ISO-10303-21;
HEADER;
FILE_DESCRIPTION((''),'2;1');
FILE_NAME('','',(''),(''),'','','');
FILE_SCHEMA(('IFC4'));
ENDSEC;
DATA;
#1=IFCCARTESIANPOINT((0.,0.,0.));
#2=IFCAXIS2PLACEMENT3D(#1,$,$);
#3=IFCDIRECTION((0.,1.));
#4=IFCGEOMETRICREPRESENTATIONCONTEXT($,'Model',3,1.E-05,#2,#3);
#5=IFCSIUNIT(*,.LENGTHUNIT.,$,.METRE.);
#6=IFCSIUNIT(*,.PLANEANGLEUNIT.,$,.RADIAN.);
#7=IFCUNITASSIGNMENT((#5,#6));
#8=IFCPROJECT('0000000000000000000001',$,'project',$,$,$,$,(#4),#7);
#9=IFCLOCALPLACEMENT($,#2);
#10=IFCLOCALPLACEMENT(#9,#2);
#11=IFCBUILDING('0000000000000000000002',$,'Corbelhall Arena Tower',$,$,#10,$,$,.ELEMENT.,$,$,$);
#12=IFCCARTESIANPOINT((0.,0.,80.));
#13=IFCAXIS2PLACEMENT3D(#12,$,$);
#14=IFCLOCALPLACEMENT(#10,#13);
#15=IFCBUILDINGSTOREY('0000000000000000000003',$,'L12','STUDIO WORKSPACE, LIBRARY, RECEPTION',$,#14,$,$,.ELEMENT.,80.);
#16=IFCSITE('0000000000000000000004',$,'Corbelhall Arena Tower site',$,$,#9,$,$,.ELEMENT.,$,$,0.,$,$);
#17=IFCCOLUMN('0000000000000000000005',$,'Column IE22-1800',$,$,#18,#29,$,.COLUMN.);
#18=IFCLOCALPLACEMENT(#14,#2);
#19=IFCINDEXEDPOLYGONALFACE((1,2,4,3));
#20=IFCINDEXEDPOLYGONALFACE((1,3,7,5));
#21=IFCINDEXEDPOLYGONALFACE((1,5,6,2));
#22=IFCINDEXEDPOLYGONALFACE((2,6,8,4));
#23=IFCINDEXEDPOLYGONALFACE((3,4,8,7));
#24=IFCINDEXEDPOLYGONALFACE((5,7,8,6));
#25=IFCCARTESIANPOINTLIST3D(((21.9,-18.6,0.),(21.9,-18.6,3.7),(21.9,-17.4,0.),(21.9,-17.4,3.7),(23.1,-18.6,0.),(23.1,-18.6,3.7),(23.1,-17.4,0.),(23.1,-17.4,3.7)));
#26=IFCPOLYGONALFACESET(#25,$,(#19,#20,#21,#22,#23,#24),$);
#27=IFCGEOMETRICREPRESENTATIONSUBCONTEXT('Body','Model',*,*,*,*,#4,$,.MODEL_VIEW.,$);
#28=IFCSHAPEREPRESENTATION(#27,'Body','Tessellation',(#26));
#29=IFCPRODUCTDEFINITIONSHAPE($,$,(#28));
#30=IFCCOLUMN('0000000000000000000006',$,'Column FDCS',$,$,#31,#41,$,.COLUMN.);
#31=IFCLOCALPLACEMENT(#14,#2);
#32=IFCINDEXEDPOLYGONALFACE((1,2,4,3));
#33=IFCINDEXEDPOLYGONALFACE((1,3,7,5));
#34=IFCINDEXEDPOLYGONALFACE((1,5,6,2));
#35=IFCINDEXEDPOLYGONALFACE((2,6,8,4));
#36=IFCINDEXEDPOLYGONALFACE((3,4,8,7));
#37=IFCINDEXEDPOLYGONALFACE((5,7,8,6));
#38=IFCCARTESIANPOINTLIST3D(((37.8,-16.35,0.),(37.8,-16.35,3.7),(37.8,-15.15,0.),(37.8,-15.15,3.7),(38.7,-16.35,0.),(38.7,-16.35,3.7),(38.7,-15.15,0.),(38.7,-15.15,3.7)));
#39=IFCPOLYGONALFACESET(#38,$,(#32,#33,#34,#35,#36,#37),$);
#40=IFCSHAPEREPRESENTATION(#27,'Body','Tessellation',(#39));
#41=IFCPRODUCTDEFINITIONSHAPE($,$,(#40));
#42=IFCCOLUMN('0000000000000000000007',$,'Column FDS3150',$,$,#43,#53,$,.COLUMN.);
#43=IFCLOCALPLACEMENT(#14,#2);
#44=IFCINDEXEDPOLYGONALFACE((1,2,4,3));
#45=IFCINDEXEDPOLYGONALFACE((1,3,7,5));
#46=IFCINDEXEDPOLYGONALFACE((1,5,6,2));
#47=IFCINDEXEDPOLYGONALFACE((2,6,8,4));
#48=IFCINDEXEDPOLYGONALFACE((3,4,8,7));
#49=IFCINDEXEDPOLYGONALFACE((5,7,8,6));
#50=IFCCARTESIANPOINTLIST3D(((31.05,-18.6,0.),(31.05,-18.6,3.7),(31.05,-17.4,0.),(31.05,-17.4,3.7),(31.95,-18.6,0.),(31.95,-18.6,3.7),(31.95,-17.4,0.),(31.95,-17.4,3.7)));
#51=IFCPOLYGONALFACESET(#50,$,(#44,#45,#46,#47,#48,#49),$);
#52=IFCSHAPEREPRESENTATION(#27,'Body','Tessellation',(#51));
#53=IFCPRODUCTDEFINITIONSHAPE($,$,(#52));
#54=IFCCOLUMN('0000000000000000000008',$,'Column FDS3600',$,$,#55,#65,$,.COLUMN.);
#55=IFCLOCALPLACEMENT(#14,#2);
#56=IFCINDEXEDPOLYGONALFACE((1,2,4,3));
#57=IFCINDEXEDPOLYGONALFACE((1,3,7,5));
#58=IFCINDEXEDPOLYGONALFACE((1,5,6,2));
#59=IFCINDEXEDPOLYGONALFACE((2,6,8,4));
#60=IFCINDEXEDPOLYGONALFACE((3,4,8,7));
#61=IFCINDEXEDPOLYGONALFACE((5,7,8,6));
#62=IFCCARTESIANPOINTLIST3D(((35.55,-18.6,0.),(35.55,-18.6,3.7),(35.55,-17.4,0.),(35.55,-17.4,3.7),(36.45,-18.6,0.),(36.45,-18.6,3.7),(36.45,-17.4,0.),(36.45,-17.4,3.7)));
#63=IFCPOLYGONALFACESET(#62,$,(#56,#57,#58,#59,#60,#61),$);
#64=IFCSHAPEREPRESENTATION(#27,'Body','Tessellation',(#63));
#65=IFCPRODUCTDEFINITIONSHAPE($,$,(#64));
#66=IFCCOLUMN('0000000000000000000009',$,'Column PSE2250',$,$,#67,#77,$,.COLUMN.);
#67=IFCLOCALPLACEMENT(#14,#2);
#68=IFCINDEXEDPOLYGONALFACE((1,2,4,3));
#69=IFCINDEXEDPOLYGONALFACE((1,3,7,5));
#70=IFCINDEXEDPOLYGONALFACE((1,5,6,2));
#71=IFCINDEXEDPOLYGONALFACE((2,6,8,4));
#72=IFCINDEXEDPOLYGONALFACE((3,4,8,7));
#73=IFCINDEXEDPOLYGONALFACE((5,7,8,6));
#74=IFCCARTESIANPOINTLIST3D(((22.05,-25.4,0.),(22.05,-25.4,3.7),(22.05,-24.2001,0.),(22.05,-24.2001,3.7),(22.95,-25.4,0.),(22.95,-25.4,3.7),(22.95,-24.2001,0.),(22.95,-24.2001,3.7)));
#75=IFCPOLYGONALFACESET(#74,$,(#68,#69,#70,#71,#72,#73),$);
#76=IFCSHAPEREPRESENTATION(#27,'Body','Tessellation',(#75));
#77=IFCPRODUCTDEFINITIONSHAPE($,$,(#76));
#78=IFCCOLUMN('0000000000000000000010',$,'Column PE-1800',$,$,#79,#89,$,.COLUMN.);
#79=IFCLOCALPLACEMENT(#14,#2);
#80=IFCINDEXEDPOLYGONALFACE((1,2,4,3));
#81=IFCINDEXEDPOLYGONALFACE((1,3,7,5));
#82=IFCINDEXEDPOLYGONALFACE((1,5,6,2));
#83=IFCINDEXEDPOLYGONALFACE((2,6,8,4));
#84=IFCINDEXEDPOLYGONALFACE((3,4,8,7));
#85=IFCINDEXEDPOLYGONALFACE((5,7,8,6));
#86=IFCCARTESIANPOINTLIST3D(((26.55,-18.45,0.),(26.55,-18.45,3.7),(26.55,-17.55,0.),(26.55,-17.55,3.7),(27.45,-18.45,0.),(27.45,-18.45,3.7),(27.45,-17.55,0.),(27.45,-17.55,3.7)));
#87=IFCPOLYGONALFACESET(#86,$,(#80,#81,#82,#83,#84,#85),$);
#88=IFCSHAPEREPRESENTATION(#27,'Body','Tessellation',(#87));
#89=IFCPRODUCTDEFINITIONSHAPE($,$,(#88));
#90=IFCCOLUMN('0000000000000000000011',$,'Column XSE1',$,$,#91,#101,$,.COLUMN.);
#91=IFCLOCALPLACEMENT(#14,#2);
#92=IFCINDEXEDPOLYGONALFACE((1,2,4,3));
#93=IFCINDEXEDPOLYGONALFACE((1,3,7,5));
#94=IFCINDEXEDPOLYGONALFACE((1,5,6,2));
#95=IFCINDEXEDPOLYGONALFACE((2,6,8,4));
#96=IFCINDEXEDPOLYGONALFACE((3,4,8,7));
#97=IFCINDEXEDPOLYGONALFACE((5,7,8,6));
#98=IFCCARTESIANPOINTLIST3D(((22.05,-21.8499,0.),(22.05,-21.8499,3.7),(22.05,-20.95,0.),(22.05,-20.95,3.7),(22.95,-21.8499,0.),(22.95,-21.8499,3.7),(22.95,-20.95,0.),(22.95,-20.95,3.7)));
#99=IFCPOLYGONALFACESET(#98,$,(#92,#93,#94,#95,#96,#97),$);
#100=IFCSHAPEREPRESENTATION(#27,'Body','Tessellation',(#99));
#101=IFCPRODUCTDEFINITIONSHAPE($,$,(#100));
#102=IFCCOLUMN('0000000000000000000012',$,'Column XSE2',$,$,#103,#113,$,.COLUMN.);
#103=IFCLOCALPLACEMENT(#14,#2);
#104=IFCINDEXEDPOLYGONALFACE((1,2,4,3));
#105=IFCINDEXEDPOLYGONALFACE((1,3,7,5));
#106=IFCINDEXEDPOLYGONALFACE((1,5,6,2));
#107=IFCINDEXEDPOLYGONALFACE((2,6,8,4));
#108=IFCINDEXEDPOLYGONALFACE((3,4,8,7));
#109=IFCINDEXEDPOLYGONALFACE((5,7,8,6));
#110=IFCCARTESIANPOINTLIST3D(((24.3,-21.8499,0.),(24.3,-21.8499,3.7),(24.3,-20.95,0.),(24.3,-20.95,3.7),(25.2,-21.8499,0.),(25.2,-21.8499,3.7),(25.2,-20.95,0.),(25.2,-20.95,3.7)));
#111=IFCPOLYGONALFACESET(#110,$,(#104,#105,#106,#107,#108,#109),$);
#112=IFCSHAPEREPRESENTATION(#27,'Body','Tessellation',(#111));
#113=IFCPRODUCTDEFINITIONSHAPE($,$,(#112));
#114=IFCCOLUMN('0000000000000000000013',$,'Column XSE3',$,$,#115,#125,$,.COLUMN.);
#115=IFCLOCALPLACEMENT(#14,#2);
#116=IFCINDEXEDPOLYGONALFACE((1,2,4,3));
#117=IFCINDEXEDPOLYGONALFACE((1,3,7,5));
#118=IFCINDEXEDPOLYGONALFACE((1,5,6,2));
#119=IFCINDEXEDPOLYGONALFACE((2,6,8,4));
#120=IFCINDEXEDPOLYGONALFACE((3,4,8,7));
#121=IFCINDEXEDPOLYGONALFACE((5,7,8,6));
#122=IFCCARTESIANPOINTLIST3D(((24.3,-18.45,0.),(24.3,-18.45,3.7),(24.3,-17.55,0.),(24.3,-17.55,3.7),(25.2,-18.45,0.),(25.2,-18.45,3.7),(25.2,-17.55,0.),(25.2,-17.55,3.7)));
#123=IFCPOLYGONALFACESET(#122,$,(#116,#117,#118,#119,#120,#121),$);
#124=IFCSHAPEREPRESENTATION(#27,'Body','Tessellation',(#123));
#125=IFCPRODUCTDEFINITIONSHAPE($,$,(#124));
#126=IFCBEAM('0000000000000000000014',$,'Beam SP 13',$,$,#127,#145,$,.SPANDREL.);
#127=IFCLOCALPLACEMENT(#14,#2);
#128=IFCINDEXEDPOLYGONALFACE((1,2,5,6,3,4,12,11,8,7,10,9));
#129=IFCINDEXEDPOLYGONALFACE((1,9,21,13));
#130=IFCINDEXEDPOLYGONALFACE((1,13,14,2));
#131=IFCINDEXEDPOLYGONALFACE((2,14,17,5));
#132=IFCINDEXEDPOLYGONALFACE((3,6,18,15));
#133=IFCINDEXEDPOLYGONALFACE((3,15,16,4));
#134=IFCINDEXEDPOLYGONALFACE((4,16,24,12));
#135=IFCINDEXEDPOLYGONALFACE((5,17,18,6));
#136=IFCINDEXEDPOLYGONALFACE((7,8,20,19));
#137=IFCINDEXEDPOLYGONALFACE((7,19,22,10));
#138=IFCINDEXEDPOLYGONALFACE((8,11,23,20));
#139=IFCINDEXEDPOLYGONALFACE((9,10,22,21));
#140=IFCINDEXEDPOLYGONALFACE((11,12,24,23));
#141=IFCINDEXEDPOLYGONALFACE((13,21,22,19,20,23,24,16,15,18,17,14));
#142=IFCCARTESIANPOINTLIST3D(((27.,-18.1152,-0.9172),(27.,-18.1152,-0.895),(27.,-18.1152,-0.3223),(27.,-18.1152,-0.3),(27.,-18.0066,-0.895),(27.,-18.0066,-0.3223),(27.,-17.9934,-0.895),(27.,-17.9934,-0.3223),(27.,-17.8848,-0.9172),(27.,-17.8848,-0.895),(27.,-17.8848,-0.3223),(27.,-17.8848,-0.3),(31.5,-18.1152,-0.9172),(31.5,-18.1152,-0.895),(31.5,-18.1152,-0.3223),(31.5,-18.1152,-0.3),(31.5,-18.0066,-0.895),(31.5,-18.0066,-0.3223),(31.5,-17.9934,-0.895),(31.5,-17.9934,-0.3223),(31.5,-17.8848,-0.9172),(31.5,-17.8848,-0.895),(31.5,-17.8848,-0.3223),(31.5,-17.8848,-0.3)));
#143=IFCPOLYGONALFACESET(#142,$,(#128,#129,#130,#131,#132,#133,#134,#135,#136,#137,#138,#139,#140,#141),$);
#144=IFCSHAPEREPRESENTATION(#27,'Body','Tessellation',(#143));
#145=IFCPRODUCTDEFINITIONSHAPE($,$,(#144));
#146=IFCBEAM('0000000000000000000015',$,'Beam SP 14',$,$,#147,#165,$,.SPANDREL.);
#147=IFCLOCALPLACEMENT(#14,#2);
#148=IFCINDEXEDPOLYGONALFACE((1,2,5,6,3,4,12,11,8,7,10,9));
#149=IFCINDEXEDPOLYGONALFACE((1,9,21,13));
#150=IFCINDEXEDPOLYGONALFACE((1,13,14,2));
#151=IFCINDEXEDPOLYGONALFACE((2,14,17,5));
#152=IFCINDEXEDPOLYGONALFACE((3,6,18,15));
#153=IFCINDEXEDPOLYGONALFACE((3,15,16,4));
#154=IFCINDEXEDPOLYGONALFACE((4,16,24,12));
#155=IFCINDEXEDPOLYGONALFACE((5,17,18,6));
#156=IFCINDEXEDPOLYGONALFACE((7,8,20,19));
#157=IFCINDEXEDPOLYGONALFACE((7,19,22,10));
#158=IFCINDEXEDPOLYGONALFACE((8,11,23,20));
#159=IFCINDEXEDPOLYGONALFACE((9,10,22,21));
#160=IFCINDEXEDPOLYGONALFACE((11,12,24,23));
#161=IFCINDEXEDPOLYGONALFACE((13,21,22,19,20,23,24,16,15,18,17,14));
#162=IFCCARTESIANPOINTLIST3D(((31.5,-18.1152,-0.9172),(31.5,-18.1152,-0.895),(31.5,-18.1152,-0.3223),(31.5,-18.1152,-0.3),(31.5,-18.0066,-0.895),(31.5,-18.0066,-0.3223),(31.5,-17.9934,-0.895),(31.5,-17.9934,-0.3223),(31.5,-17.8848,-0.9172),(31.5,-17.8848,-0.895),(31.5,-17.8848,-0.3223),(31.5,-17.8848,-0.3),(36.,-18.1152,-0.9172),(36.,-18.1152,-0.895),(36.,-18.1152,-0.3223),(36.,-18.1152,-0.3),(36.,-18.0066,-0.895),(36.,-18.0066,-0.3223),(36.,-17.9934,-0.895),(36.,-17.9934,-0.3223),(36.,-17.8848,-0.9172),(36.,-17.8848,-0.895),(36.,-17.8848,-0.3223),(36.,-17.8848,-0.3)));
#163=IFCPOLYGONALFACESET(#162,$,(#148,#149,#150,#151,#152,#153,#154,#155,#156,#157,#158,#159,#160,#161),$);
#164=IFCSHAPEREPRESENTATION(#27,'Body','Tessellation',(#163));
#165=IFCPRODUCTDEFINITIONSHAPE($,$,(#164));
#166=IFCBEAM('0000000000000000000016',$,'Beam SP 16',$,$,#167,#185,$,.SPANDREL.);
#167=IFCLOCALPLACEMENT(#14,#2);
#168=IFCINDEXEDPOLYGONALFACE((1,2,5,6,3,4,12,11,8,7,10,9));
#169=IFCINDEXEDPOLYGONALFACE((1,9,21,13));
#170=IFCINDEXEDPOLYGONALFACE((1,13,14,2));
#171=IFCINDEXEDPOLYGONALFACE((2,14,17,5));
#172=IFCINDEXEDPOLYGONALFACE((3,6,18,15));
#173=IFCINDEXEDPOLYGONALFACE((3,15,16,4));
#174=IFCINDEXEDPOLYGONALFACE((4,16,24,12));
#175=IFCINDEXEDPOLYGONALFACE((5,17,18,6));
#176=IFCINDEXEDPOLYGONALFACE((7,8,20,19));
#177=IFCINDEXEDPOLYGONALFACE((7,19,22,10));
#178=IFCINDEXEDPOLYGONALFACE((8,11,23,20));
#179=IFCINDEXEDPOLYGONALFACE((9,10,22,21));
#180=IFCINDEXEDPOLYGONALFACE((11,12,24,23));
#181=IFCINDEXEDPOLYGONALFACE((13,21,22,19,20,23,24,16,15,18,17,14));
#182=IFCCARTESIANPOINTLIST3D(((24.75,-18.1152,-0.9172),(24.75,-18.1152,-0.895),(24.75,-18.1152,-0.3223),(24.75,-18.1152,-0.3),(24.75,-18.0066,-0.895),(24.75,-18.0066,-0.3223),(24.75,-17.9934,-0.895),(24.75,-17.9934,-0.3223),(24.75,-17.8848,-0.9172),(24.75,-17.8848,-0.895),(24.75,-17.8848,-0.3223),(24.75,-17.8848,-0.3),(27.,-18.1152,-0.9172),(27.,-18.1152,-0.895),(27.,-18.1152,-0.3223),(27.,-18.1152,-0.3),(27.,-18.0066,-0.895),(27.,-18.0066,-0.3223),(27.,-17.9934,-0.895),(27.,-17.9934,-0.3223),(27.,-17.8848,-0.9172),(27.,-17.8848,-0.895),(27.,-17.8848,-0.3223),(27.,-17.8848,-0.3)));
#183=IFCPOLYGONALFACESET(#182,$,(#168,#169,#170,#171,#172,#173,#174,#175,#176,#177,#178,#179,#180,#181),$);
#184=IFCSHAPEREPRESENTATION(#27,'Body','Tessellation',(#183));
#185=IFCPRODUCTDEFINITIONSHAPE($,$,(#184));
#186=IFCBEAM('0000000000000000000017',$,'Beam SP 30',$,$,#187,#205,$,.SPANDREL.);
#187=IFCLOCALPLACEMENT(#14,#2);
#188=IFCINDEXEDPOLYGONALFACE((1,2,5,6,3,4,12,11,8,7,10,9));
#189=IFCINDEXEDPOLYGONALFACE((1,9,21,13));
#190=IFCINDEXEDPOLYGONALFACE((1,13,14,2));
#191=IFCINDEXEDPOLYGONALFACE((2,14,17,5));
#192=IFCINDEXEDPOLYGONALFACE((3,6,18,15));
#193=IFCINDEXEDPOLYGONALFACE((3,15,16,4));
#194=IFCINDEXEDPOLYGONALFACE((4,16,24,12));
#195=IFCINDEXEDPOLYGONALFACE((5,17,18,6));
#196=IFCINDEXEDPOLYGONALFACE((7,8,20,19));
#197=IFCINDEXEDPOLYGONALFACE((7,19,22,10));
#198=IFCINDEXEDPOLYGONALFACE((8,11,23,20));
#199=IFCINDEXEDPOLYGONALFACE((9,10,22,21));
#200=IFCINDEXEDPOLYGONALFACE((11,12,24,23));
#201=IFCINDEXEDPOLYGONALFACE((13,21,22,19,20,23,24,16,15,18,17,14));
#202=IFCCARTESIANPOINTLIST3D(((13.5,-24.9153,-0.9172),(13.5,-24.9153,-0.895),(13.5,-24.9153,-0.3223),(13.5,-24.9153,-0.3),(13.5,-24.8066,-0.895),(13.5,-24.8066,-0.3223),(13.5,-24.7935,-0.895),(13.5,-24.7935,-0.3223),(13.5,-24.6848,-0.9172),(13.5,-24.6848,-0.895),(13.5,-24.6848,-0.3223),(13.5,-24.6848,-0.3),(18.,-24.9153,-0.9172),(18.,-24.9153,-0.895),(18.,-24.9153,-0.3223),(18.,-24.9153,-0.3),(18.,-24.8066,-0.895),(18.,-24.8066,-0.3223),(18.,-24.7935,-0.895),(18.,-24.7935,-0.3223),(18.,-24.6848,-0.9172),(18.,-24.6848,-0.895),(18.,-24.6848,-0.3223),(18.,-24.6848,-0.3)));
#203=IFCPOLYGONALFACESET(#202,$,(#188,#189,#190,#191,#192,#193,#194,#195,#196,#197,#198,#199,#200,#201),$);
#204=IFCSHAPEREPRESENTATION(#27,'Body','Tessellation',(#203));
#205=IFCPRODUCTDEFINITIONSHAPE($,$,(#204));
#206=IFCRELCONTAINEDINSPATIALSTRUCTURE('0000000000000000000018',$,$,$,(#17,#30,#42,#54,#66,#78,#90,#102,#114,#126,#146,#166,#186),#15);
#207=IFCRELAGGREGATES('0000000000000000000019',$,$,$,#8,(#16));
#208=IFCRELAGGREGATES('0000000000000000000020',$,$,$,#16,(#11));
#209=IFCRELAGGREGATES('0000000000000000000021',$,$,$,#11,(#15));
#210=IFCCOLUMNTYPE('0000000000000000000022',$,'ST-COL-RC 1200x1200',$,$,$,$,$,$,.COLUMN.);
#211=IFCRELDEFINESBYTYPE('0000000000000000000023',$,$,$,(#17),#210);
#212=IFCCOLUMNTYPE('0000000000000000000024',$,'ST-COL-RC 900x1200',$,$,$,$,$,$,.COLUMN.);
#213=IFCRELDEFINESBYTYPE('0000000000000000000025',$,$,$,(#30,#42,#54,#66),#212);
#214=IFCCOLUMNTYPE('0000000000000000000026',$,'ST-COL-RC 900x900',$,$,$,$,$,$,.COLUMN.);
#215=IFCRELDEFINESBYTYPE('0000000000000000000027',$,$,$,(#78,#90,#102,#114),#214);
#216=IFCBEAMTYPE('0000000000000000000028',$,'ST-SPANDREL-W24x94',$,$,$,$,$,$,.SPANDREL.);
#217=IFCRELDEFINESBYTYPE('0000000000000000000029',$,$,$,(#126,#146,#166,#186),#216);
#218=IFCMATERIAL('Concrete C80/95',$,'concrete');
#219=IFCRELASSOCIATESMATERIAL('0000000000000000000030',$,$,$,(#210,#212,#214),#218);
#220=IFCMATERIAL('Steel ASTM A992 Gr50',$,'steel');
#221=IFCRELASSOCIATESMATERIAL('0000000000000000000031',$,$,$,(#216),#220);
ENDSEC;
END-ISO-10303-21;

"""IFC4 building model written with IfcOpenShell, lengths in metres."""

from ifc_helpers import new_model, si_unit, direction, frame, origin, origin_2d, place, context, subcontext, project, spatial, rectangle, i_section, extrude, material, material_profile, profile_set, type_object, element, save


model = new_model("IFC4")

# Units and contexts
model_context = context("Model", 3, precision=1e-05, world=origin(), true_north=direction((0.0, 1.0)))
body_context = subcontext(model_context, "Body", "Model", "MODEL_VIEW")
ifc_project = project(units=[si_unit("LENGTHUNIT", "METRE"), si_unit("PLANEANGLEUNIT", "RADIAN")], contexts=[model_context])

# Site, building, storey
site_placement = place(None, origin())
site = spatial("IfcSite", under=ifc_project, at=site_placement, Name="Corbelhall Arena Tower site", CompositionType="ELEMENT", RefElevation=0.0)
building_placement = place(site_placement, origin())
building = spatial("IfcBuilding", under=site, at=building_placement, Name="Corbelhall Arena Tower", CompositionType="ELEMENT")
storey_placement = place(building_placement, frame((0.0, 0.0, 80.0)))
storey = spatial("IfcBuildingStorey", under=building, at=storey_placement, Name="L12", Description="STUDIO WORKSPACE, LIBRARY, RECEPTION", CompositionType="ELEMENT", Elevation=80.0)

# Columns
ifc_material_1 = material(Name="Concrete C80/95", Category="concrete")
ifc_material_profile_1 = material_profile(ifc_material_1, rectangle(XDim=1.2, YDim=1.2, at=origin_2d()))
ifc_profile_set_1 = profile_set([ifc_material_profile_1], Name="Concrete C80/95")
column_type_1 = type_object("IfcColumnType", Name="ST-COL-RC 1200x1200", PredefinedType="COLUMN", material=ifc_profile_set_1)
column_placement = place(storey_placement, frame((22.5, -18.0, 0.0), z_axis=(0.0, 0.0, 1.0), x_axis=(1.0, 0.0, 0.0)))
element("IfcColumn", 1, at=column_placement, inside=storey, type_object=column_type_1, Name="Column IE22-1800", PredefinedType="COLUMN", context=body_context, shape_type="SweptSolid", body=[
    extrude(rectangle(XDim=1.2, YDim=1.2, at=origin_2d()), origin(), (0.0, 0.0, 1.0), 3.7),
])
ifc_material_profile_2 = material_profile(ifc_material_1, rectangle(XDim=0.8999, YDim=1.2, at=origin_2d()))
ifc_profile_set_2 = profile_set([ifc_material_profile_2], Name="Concrete C80/95")
column_type_2 = type_object("IfcColumnType", Name="ST-COL-RC 900x1200", PredefinedType="COLUMN", material=ifc_profile_set_2)
for number, where, z_axis, x_axis, name in (
    (2, (38.25, -15.75, 0.0), (0.0, 0.0, 1.0), (1.0, 0.0, 0.0), "Column FDCS"),
    (3, (31.5, -18.0, 0.0), (0.0, 0.0, 1.0), (1.0, 0.0, 0.0), "Column FDS3150"),
    (4, (36.0, -18.0, 0.0), (0.0, 0.0, 1.0), (1.0, 0.0, 0.0), "Column FDS3600"),
    (5, (22.5, -24.8, 0.0), (0.0, 0.0, 1.0), (1.0, 0.0, 0.0), "Column PSE2250"),
):
    element("IfcColumn", number, at=place(storey_placement, frame(where, z_axis=z_axis, x_axis=x_axis)), inside=storey, type_object=column_type_2, Name=name, PredefinedType="COLUMN", context=body_context, shape_type="SweptSolid", body=[
        extrude(rectangle(XDim=0.8999, YDim=1.2, at=origin_2d()), origin(), (0.0, 0.0, 1.0), 3.7),
    ])
ifc_material_profile_3 = material_profile(ifc_material_1, rectangle(XDim=0.8999, YDim=0.8999, at=origin_2d()))
ifc_profile_set_3 = profile_set([ifc_material_profile_3], Name="Concrete C80/95")
column_type_3 = type_object("IfcColumnType", Name="ST-COL-RC 900x900", PredefinedType="COLUMN", material=ifc_profile_set_3)
for number, where, z_axis, x_axis, name in (
    (6, (27.0, -18.0, 0.0), (0.0, 0.0, 1.0), (1.0, 0.0, 0.0), "Column PE-1800"),
    (7, (22.5, -21.3999, 0.0), (0.0, 0.0, 1.0), (1.0, 0.0, 0.0), "Column XSE1"),
    (8, (24.75, -21.3999, 0.0), (0.0, 0.0, 1.0), (1.0, 0.0, 0.0), "Column XSE2"),
    (9, (24.75, -18.0, 0.0), (0.0, 0.0, 1.0), (1.0, 0.0, 0.0), "Column XSE3"),
):
    element("IfcColumn", number, at=place(storey_placement, frame(where, z_axis=z_axis, x_axis=x_axis)), inside=storey, type_object=column_type_3, Name=name, PredefinedType="COLUMN", context=body_context, shape_type="SweptSolid", body=[
        extrude(rectangle(XDim=0.8999, YDim=0.8999, at=origin_2d()), origin(), (0.0, 0.0, 1.0), 3.7),
    ])

# Beams
ifc_material_2 = material(Name="Steel ASTM A992 Gr50", Category="steel")
ifc_material_profile_4 = material_profile(ifc_material_2, i_section(OverallWidth=0.2305, OverallDepth=0.6172, WebThickness=0.0132, FlangeThickness=0.0222, at=origin_2d()))
ifc_profile_set_4 = profile_set([ifc_material_profile_4], Name="Steel ASTM A992 Gr50")
beam_type = type_object("IfcBeamType", Name="ST-SPANDREL-W24x94", PredefinedType="SPANDREL", material=ifc_profile_set_4)
for number, where, z_axis, x_axis, name in (
    (10, (31.5, -18.0, -0.6086), (-1.0, 0.0, 0.0), (0.0, -1.0, 0.0), "Beam SP 13"),
    (11, (36.0, -18.0, -0.6086), (-1.0, 0.0, 0.0), (0.0, -1.0, 0.0), "Beam SP 14"),
):
    element("IfcBeam", number, at=place(storey_placement, frame(where, z_axis=z_axis, x_axis=x_axis)), inside=storey, type_object=beam_type, Name=name, PredefinedType="SPANDREL", context=body_context, shape_type="SweptSolid", body=[
        extrude(i_section(OverallWidth=0.2305, OverallDepth=0.6172, WebThickness=0.0132, FlangeThickness=0.0222, at=origin_2d()), origin(), (0.0, 0.0, 1.0), 4.5),
    ])
beam_1_placement = place(storey_placement, frame((27.0, -18.0, -0.6086), z_axis=(-1.0, 0.0, 0.0), x_axis=(0.0, -1.0, 0.0)))
element("IfcBeam", 12, at=beam_1_placement, inside=storey, type_object=beam_type, Name="Beam SP 16", PredefinedType="SPANDREL", context=body_context, shape_type="SweptSolid", body=[
    extrude(i_section(OverallWidth=0.2305, OverallDepth=0.6172, WebThickness=0.0132, FlangeThickness=0.0222, at=origin_2d()), origin(), (0.0, 0.0, 1.0), 2.25),
])
for number, where, z_axis, x_axis, name in (
    (13, (18.0, -24.8, -0.6086), (-1.0, 0.0, 0.0), (0.0, -1.0, 0.0), "Beam SP 30"),
):
    element("IfcBeam", number, at=place(storey_placement, frame(where, z_axis=z_axis, x_axis=x_axis)), inside=storey, type_object=beam_type, Name=name, PredefinedType="SPANDREL", context=body_context, shape_type="SweptSolid", body=[
        extrude(i_section(OverallWidth=0.2305, OverallDepth=0.6172, WebThickness=0.0132, FlangeThickness=0.0222, at=origin_2d()), origin(), (0.0, 0.0, 1.0), 4.5),
    ])

save(model, "model.ifc")
